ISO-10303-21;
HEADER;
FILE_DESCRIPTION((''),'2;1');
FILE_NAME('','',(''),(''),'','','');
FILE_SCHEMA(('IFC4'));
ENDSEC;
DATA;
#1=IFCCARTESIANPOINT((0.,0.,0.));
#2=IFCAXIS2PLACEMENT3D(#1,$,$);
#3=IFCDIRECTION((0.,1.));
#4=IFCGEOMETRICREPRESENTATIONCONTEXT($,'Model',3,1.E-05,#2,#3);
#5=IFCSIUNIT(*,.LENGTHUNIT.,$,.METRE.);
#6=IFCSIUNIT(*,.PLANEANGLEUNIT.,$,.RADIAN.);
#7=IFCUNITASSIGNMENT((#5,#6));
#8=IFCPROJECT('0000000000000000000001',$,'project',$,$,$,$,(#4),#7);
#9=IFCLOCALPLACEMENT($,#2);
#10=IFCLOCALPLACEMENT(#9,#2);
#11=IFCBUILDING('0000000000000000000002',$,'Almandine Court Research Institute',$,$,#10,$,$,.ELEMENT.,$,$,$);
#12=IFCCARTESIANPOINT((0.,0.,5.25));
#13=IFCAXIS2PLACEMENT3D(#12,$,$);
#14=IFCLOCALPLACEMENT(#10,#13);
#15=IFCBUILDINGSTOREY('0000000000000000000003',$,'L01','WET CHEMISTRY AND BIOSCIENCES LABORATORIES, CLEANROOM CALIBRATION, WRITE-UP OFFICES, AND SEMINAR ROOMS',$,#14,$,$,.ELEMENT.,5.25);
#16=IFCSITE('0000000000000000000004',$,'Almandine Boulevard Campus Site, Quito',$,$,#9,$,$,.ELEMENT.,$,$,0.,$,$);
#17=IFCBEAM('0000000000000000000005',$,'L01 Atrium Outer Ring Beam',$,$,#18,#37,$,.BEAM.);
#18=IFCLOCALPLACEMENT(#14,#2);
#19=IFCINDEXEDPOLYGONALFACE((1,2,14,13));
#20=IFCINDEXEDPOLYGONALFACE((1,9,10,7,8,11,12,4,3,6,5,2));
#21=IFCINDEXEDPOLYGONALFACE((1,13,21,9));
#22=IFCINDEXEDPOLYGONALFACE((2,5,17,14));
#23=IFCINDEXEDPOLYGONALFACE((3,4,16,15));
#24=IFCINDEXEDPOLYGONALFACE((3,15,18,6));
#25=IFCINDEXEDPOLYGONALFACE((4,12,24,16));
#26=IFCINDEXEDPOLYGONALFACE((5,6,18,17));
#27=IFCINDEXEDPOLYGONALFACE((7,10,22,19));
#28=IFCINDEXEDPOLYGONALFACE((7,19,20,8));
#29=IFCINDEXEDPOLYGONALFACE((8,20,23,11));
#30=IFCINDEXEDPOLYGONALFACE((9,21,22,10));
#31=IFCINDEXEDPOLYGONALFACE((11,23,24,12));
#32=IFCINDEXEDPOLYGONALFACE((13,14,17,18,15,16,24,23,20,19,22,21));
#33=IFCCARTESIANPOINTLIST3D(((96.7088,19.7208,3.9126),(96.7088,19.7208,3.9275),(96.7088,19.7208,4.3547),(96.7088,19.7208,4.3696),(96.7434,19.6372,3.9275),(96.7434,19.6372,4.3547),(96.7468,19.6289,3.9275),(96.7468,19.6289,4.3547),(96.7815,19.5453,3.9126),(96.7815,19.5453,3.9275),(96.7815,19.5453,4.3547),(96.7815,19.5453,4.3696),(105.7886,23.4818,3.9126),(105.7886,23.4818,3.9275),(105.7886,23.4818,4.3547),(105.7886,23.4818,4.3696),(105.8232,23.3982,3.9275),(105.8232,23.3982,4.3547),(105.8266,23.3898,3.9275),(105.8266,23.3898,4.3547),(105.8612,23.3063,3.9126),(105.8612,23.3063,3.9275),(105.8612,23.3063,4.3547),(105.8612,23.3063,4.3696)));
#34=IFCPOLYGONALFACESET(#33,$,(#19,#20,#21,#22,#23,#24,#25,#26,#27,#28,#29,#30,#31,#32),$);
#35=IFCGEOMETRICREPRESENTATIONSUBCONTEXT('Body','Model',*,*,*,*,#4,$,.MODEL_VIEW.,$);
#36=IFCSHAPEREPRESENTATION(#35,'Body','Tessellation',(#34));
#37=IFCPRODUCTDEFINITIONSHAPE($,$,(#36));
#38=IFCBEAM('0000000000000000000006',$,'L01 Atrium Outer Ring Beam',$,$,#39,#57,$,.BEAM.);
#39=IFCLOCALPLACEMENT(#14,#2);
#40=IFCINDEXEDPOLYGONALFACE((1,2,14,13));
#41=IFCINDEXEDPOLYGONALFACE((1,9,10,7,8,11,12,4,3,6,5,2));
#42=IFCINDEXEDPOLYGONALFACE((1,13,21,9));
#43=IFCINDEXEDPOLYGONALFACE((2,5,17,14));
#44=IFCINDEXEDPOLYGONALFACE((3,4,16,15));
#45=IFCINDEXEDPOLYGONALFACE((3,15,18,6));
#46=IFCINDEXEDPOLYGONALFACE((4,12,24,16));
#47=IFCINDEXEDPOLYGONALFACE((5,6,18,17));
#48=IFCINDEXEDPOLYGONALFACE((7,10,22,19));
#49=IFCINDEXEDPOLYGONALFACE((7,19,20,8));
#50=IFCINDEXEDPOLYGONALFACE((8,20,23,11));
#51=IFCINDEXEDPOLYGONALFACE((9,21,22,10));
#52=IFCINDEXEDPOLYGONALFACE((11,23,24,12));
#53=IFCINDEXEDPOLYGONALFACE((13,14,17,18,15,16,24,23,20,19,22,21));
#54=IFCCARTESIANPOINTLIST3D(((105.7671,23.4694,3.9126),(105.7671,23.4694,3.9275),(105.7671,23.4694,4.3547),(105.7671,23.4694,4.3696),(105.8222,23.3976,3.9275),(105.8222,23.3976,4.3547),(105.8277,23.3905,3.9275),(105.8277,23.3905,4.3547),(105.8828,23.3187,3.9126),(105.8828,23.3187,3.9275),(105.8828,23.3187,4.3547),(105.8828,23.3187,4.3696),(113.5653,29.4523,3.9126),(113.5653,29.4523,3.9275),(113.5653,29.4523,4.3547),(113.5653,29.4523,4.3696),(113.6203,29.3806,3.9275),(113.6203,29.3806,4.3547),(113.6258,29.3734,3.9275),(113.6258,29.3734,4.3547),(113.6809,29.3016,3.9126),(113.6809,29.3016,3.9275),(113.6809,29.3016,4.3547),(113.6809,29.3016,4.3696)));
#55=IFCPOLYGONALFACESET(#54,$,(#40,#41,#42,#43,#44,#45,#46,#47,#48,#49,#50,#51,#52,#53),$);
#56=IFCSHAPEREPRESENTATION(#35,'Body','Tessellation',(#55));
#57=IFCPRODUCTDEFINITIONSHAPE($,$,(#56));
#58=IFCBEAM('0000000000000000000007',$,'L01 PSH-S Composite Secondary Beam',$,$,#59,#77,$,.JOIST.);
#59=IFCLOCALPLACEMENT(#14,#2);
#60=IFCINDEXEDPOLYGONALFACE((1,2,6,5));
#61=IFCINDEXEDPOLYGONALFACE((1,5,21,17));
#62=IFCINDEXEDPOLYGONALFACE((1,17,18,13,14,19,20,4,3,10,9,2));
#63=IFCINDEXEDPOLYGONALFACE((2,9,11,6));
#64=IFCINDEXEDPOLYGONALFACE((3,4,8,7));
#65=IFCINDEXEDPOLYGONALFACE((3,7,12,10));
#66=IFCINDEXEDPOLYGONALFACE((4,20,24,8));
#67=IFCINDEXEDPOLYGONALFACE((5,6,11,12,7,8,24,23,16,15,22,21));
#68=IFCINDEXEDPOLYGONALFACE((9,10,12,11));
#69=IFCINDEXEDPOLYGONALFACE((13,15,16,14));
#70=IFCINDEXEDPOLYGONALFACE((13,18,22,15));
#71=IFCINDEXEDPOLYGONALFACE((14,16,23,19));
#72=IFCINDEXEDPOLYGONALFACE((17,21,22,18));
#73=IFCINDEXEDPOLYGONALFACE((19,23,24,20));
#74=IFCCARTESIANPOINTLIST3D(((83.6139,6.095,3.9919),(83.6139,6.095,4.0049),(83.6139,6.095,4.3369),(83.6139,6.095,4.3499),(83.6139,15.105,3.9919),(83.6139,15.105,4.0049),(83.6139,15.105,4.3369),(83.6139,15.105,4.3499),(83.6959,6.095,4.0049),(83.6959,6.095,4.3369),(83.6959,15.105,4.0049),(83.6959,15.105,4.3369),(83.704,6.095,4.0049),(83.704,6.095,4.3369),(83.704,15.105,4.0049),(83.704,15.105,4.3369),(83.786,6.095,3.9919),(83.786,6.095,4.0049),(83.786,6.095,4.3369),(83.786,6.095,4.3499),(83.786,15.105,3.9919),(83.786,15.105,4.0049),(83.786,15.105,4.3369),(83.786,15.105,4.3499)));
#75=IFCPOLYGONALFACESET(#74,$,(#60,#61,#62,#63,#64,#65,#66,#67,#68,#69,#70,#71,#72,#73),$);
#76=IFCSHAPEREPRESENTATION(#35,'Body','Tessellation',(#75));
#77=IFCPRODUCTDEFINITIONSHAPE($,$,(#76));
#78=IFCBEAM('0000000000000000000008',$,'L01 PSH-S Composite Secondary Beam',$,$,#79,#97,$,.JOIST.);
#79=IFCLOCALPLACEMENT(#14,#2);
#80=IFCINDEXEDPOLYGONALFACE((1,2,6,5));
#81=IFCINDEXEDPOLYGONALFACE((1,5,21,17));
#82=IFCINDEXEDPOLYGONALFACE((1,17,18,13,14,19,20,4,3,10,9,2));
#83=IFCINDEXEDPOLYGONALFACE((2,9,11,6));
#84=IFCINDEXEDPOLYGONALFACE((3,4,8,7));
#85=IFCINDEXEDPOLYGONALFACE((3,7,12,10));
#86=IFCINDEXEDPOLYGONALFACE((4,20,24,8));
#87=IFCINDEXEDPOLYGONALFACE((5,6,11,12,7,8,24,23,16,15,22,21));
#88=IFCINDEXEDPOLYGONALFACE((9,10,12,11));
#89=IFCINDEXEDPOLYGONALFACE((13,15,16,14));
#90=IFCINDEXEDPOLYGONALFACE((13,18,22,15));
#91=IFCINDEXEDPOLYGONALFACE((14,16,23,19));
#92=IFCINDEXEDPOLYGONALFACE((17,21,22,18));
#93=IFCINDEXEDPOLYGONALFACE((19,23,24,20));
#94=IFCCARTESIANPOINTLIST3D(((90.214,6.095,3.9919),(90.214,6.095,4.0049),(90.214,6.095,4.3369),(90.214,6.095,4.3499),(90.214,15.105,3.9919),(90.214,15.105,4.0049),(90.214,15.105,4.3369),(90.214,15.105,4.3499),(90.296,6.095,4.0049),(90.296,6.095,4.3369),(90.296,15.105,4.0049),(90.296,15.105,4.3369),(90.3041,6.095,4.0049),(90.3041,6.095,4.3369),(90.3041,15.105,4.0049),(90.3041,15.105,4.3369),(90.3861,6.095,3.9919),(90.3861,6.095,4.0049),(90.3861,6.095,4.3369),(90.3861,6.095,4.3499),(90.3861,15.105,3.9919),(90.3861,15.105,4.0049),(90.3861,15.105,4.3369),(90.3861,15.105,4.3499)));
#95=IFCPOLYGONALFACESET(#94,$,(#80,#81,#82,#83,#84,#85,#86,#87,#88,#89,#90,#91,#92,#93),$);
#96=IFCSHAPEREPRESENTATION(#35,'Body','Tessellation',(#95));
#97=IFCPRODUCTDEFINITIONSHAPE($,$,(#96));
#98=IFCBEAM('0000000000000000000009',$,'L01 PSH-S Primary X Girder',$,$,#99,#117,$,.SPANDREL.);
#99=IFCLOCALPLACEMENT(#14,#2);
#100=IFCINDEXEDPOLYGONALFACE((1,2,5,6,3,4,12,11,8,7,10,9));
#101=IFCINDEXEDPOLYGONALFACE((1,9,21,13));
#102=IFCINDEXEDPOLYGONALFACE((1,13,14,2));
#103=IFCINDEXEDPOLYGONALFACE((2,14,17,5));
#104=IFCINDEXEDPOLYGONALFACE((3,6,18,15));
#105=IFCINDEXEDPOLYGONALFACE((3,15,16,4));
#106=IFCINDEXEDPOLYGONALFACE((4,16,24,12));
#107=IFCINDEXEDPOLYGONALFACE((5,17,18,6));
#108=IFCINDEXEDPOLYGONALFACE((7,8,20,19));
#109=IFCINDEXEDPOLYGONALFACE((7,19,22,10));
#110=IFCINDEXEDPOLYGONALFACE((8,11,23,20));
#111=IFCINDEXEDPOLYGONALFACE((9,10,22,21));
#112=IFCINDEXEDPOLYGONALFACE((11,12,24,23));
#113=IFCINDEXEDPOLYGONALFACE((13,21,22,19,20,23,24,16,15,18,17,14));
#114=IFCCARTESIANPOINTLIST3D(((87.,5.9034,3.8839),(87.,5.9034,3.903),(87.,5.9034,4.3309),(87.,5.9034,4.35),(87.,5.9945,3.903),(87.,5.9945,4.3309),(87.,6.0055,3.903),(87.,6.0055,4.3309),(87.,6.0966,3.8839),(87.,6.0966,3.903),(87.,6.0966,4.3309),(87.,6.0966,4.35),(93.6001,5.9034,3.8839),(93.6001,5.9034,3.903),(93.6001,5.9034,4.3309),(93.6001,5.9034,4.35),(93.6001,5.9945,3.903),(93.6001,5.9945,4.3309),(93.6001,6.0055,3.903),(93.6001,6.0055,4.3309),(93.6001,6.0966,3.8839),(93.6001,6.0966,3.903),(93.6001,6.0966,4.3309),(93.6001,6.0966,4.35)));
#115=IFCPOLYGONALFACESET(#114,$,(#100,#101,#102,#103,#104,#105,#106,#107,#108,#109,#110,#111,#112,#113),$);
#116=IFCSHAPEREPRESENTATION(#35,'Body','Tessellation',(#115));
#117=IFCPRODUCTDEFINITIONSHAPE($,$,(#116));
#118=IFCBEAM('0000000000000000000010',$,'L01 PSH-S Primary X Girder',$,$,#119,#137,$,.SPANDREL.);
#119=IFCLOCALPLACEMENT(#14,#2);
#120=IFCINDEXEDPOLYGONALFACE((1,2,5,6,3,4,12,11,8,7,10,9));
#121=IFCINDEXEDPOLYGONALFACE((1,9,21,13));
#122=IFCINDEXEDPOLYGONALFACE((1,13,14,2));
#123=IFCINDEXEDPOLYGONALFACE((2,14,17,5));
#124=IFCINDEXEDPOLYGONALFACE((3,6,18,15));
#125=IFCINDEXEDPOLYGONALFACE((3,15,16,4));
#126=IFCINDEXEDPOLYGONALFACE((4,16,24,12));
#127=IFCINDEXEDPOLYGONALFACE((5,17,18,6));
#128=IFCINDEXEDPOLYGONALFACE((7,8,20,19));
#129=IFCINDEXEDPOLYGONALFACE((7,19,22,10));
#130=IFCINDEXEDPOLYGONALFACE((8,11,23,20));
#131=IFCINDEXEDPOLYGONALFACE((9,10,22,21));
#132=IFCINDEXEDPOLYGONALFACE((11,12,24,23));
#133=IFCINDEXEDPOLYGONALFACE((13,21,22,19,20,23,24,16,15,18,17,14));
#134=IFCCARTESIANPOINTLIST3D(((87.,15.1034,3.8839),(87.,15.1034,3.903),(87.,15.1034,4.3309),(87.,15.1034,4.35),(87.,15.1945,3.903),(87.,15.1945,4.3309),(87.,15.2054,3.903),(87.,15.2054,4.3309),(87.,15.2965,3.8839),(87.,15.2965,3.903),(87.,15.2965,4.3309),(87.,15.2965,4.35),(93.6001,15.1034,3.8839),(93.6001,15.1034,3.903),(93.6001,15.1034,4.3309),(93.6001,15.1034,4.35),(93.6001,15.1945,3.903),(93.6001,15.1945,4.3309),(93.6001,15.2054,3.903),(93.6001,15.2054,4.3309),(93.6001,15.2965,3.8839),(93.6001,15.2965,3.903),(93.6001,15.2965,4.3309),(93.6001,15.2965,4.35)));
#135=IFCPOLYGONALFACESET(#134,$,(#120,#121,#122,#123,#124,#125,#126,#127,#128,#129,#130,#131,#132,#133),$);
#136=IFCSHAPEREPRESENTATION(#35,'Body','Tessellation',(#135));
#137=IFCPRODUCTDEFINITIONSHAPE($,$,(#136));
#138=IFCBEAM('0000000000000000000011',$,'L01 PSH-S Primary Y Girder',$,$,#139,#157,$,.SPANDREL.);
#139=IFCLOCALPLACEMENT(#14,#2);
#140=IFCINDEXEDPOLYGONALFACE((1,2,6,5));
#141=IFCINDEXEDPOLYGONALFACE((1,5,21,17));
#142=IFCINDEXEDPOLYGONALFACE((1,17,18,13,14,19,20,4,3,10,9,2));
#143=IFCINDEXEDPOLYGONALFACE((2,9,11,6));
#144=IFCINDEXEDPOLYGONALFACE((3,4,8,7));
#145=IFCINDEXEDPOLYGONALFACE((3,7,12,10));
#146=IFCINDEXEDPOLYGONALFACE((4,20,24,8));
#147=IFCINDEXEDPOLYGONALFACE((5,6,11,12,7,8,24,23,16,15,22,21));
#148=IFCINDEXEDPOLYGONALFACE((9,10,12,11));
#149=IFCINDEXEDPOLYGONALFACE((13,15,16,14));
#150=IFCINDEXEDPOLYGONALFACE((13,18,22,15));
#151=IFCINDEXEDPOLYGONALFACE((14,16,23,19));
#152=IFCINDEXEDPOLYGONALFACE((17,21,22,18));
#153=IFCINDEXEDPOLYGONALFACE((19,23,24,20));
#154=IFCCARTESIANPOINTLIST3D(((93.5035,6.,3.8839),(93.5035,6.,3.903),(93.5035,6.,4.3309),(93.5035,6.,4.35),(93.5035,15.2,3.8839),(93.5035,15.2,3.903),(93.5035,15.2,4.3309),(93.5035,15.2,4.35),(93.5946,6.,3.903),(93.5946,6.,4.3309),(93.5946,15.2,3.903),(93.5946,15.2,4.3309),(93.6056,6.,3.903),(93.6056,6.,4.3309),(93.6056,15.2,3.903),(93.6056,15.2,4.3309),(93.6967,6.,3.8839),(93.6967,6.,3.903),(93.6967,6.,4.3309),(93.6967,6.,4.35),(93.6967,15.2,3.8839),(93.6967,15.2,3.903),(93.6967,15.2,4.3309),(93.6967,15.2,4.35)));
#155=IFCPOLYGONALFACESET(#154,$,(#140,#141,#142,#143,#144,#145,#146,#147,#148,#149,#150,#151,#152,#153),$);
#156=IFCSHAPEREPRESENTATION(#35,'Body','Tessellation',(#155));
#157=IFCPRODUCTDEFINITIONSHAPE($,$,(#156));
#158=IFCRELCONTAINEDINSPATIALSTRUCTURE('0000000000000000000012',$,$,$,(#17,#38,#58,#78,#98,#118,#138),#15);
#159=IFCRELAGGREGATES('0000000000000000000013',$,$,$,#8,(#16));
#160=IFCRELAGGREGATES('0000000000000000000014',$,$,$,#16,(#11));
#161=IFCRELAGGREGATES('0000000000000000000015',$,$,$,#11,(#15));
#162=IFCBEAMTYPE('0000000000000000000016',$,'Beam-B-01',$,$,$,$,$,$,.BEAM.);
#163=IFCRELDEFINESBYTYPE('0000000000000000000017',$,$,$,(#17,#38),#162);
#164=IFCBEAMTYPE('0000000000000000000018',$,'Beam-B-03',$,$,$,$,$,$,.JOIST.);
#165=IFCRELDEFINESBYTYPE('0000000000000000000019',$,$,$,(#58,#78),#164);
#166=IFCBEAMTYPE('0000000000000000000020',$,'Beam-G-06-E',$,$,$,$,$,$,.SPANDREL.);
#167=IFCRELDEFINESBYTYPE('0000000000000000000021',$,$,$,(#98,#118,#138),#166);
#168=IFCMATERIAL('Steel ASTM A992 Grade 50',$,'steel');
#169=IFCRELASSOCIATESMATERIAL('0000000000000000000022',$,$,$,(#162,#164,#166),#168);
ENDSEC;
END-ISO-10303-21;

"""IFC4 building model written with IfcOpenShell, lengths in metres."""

from ifc_helpers import new_model, si_unit, direction, frame, origin, origin_2d, place, context, subcontext, project, spatial, i_section, extrude, material, material_profile, profile_set, type_object, element, save


model = new_model("IFC4")

# Units and contexts
model_context = context("Model", 3, precision=1e-05, world=origin(), true_north=direction((0.0, 1.0)))
body_context = subcontext(model_context, "Body", "Model", "MODEL_VIEW")
ifc_project = project(units=[si_unit("LENGTHUNIT", "METRE"), si_unit("PLANEANGLEUNIT", "RADIAN")], contexts=[model_context])

# Site, building, storey
site_placement = place(None, origin())
site = spatial("IfcSite", under=ifc_project, at=site_placement, Name="Almandine Boulevard Campus Site, Quito", CompositionType="ELEMENT", RefElevation=0.0)
building_placement = place(site_placement, origin())
building = spatial("IfcBuilding", under=site, at=building_placement, Name="Almandine Court Research Institute", CompositionType="ELEMENT")
storey_placement = place(building_placement, frame((0.0, 0.0, 5.25)))
storey = spatial("IfcBuildingStorey", under=building, at=storey_placement, Name="L01", Description="WET CHEMISTRY AND BIOSCIENCES LABORATORIES, CLEANROOM CALIBRATION, WRITE-UP OFFICES, AND SEMINAR ROOMS", CompositionType="ELEMENT", Elevation=5.25)

# Shared definitions
ifc_material_1 = material(Name="Steel ASTM A992 Grade 50", Category="steel")

# Beams
ifc_material_profile_1 = material_profile(ifc_material_1, i_section(OverallWidth=0.1899, OverallDepth=0.457, WebThickness=0.009, FlangeThickness=0.0149, at=origin_2d()), Name="W460x74")
ifc_profile_set_1 = profile_set([ifc_material_profile_1], Name="Steel ASTM A992 Grade 50")
beam_type_1 = type_object("IfcBeamType", Name="Beam-B-01", PredefinedType="BEAM", material=ifc_profile_set_1)
beam_1_placement = place(storey_placement, frame((96.7451, 19.6331, 4.1411), z_axis=(0.92388, 0.382683, 0.0), x_axis=(-0.382683, 0.92388, 0.0)))
element("IfcBeam", 1, at=beam_1_placement, inside=storey, type_object=beam_type_1, Name="L01 Atrium Outer Ring Beam", PredefinedType="BEAM", context=body_context, shape_type="SweptSolid", body=[
    extrude(i_section(OverallWidth=0.1899, OverallDepth=0.457, WebThickness=0.009, FlangeThickness=0.0149, at=origin_2d()), origin(), (0.0, 0.0, 1.0), 9.8279),
])
beam_2_placement = place(storey_placement, frame((105.825, 23.394, 4.1411), z_axis=(0.793392, 0.608712, 0.0), x_axis=(-0.608712, 0.793392, 0.0)))
element("IfcBeam", 2, at=beam_2_placement, inside=storey, type_object=beam_type_1, Name="L01 Atrium Outer Ring Beam", PredefinedType="BEAM", context=body_context, shape_type="SweptSolid", body=[
    extrude(i_section(OverallWidth=0.1899, OverallDepth=0.457, WebThickness=0.009, FlangeThickness=0.0149, at=origin_2d()), origin(), (0.0, 0.0, 1.0), 9.8289),
])
ifc_material_profile_2 = material_profile(ifc_material_1, i_section(OverallWidth=0.1721, OverallDepth=0.3579, WebThickness=0.0081, FlangeThickness=0.0129, at=origin_2d()), Name="W360x57")
ifc_profile_set_2 = profile_set([ifc_material_profile_2], Name="Steel ASTM A992 Grade 50")
beam_type_2 = type_object("IfcBeamType", Name="Beam-B-03", PredefinedType="JOIST", material=ifc_profile_set_2)
for number, where, z_axis, x_axis, name in (
    (3, (83.7, 6.095, 4.1709), (0.0, 1.0, 0.0), (-1.0, 0.0, 0.0), "L01 PSH-S Composite Secondary Beam"),
    (4, (90.3, 6.095, 4.1709), (0.0, 1.0, 0.0), (-1.0, 0.0, 0.0), "L01 PSH-S Composite Secondary Beam"),
):
    element("IfcBeam", number, at=place(storey_placement, frame(where, z_axis=z_axis, x_axis=x_axis)), inside=storey, type_object=beam_type_2, Name=name, PredefinedType="JOIST", context=body_context, shape_type="SweptSolid", body=[
        extrude(i_section(OverallWidth=0.1721, OverallDepth=0.3579, WebThickness=0.0081, FlangeThickness=0.0129, at=origin_2d()), origin(), (0.0, 0.0, 1.0), 9.01),
    ])
ifc_material_profile_3 = material_profile(ifc_material_1, i_section(OverallWidth=0.1931, OverallDepth=0.4661, WebThickness=0.011, FlangeThickness=0.019, at=origin_2d()), Name="W460x97")
ifc_profile_set_3 = profile_set([ifc_material_profile_3], Name="Steel ASTM A992 Grade 50")
beam_type_3 = type_object("IfcBeamType", Name="Beam-G-06-E", PredefinedType="SPANDREL", material=ifc_profile_set_3)
for number, where, z_axis, x_axis, name in (
    (5, (87.0, 6.0, 4.1169), (1.0, 0.0, 0.0), (0.0, 1.0, 0.0), "L01 PSH-S Primary X Girder"),
    (6, (87.0, 15.2, 4.1169), (1.0, 0.0, 0.0), (0.0, 1.0, 0.0), "L01 PSH-S Primary X Girder"),
):
    element("IfcBeam", number, at=place(storey_placement, frame(where, z_axis=z_axis, x_axis=x_axis)), inside=storey, type_object=beam_type_3, Name=name, PredefinedType="SPANDREL", context=body_context, shape_type="SweptSolid", body=[
        extrude(i_section(OverallWidth=0.1931, OverallDepth=0.4661, WebThickness=0.011, FlangeThickness=0.019, at=origin_2d()), origin(), (0.0, 0.0, 1.0), 6.6001),
    ])
beam_3_placement = place(storey_placement, frame((93.6001, 6.0, 4.1169), z_axis=(0.0, 1.0, 0.0), x_axis=(-1.0, 0.0, 0.0)))
element("IfcBeam", 7, at=beam_3_placement, inside=storey, type_object=beam_type_3, Name="L01 PSH-S Primary Y Girder", PredefinedType="SPANDREL", context=body_context, shape_type="SweptSolid", body=[
    extrude(i_section(OverallWidth=0.1931, OverallDepth=0.4661, WebThickness=0.011, FlangeThickness=0.019, at=origin_2d()), origin(), (0.0, 0.0, 1.0), 9.2),
])

save(model, "model.ifc")
